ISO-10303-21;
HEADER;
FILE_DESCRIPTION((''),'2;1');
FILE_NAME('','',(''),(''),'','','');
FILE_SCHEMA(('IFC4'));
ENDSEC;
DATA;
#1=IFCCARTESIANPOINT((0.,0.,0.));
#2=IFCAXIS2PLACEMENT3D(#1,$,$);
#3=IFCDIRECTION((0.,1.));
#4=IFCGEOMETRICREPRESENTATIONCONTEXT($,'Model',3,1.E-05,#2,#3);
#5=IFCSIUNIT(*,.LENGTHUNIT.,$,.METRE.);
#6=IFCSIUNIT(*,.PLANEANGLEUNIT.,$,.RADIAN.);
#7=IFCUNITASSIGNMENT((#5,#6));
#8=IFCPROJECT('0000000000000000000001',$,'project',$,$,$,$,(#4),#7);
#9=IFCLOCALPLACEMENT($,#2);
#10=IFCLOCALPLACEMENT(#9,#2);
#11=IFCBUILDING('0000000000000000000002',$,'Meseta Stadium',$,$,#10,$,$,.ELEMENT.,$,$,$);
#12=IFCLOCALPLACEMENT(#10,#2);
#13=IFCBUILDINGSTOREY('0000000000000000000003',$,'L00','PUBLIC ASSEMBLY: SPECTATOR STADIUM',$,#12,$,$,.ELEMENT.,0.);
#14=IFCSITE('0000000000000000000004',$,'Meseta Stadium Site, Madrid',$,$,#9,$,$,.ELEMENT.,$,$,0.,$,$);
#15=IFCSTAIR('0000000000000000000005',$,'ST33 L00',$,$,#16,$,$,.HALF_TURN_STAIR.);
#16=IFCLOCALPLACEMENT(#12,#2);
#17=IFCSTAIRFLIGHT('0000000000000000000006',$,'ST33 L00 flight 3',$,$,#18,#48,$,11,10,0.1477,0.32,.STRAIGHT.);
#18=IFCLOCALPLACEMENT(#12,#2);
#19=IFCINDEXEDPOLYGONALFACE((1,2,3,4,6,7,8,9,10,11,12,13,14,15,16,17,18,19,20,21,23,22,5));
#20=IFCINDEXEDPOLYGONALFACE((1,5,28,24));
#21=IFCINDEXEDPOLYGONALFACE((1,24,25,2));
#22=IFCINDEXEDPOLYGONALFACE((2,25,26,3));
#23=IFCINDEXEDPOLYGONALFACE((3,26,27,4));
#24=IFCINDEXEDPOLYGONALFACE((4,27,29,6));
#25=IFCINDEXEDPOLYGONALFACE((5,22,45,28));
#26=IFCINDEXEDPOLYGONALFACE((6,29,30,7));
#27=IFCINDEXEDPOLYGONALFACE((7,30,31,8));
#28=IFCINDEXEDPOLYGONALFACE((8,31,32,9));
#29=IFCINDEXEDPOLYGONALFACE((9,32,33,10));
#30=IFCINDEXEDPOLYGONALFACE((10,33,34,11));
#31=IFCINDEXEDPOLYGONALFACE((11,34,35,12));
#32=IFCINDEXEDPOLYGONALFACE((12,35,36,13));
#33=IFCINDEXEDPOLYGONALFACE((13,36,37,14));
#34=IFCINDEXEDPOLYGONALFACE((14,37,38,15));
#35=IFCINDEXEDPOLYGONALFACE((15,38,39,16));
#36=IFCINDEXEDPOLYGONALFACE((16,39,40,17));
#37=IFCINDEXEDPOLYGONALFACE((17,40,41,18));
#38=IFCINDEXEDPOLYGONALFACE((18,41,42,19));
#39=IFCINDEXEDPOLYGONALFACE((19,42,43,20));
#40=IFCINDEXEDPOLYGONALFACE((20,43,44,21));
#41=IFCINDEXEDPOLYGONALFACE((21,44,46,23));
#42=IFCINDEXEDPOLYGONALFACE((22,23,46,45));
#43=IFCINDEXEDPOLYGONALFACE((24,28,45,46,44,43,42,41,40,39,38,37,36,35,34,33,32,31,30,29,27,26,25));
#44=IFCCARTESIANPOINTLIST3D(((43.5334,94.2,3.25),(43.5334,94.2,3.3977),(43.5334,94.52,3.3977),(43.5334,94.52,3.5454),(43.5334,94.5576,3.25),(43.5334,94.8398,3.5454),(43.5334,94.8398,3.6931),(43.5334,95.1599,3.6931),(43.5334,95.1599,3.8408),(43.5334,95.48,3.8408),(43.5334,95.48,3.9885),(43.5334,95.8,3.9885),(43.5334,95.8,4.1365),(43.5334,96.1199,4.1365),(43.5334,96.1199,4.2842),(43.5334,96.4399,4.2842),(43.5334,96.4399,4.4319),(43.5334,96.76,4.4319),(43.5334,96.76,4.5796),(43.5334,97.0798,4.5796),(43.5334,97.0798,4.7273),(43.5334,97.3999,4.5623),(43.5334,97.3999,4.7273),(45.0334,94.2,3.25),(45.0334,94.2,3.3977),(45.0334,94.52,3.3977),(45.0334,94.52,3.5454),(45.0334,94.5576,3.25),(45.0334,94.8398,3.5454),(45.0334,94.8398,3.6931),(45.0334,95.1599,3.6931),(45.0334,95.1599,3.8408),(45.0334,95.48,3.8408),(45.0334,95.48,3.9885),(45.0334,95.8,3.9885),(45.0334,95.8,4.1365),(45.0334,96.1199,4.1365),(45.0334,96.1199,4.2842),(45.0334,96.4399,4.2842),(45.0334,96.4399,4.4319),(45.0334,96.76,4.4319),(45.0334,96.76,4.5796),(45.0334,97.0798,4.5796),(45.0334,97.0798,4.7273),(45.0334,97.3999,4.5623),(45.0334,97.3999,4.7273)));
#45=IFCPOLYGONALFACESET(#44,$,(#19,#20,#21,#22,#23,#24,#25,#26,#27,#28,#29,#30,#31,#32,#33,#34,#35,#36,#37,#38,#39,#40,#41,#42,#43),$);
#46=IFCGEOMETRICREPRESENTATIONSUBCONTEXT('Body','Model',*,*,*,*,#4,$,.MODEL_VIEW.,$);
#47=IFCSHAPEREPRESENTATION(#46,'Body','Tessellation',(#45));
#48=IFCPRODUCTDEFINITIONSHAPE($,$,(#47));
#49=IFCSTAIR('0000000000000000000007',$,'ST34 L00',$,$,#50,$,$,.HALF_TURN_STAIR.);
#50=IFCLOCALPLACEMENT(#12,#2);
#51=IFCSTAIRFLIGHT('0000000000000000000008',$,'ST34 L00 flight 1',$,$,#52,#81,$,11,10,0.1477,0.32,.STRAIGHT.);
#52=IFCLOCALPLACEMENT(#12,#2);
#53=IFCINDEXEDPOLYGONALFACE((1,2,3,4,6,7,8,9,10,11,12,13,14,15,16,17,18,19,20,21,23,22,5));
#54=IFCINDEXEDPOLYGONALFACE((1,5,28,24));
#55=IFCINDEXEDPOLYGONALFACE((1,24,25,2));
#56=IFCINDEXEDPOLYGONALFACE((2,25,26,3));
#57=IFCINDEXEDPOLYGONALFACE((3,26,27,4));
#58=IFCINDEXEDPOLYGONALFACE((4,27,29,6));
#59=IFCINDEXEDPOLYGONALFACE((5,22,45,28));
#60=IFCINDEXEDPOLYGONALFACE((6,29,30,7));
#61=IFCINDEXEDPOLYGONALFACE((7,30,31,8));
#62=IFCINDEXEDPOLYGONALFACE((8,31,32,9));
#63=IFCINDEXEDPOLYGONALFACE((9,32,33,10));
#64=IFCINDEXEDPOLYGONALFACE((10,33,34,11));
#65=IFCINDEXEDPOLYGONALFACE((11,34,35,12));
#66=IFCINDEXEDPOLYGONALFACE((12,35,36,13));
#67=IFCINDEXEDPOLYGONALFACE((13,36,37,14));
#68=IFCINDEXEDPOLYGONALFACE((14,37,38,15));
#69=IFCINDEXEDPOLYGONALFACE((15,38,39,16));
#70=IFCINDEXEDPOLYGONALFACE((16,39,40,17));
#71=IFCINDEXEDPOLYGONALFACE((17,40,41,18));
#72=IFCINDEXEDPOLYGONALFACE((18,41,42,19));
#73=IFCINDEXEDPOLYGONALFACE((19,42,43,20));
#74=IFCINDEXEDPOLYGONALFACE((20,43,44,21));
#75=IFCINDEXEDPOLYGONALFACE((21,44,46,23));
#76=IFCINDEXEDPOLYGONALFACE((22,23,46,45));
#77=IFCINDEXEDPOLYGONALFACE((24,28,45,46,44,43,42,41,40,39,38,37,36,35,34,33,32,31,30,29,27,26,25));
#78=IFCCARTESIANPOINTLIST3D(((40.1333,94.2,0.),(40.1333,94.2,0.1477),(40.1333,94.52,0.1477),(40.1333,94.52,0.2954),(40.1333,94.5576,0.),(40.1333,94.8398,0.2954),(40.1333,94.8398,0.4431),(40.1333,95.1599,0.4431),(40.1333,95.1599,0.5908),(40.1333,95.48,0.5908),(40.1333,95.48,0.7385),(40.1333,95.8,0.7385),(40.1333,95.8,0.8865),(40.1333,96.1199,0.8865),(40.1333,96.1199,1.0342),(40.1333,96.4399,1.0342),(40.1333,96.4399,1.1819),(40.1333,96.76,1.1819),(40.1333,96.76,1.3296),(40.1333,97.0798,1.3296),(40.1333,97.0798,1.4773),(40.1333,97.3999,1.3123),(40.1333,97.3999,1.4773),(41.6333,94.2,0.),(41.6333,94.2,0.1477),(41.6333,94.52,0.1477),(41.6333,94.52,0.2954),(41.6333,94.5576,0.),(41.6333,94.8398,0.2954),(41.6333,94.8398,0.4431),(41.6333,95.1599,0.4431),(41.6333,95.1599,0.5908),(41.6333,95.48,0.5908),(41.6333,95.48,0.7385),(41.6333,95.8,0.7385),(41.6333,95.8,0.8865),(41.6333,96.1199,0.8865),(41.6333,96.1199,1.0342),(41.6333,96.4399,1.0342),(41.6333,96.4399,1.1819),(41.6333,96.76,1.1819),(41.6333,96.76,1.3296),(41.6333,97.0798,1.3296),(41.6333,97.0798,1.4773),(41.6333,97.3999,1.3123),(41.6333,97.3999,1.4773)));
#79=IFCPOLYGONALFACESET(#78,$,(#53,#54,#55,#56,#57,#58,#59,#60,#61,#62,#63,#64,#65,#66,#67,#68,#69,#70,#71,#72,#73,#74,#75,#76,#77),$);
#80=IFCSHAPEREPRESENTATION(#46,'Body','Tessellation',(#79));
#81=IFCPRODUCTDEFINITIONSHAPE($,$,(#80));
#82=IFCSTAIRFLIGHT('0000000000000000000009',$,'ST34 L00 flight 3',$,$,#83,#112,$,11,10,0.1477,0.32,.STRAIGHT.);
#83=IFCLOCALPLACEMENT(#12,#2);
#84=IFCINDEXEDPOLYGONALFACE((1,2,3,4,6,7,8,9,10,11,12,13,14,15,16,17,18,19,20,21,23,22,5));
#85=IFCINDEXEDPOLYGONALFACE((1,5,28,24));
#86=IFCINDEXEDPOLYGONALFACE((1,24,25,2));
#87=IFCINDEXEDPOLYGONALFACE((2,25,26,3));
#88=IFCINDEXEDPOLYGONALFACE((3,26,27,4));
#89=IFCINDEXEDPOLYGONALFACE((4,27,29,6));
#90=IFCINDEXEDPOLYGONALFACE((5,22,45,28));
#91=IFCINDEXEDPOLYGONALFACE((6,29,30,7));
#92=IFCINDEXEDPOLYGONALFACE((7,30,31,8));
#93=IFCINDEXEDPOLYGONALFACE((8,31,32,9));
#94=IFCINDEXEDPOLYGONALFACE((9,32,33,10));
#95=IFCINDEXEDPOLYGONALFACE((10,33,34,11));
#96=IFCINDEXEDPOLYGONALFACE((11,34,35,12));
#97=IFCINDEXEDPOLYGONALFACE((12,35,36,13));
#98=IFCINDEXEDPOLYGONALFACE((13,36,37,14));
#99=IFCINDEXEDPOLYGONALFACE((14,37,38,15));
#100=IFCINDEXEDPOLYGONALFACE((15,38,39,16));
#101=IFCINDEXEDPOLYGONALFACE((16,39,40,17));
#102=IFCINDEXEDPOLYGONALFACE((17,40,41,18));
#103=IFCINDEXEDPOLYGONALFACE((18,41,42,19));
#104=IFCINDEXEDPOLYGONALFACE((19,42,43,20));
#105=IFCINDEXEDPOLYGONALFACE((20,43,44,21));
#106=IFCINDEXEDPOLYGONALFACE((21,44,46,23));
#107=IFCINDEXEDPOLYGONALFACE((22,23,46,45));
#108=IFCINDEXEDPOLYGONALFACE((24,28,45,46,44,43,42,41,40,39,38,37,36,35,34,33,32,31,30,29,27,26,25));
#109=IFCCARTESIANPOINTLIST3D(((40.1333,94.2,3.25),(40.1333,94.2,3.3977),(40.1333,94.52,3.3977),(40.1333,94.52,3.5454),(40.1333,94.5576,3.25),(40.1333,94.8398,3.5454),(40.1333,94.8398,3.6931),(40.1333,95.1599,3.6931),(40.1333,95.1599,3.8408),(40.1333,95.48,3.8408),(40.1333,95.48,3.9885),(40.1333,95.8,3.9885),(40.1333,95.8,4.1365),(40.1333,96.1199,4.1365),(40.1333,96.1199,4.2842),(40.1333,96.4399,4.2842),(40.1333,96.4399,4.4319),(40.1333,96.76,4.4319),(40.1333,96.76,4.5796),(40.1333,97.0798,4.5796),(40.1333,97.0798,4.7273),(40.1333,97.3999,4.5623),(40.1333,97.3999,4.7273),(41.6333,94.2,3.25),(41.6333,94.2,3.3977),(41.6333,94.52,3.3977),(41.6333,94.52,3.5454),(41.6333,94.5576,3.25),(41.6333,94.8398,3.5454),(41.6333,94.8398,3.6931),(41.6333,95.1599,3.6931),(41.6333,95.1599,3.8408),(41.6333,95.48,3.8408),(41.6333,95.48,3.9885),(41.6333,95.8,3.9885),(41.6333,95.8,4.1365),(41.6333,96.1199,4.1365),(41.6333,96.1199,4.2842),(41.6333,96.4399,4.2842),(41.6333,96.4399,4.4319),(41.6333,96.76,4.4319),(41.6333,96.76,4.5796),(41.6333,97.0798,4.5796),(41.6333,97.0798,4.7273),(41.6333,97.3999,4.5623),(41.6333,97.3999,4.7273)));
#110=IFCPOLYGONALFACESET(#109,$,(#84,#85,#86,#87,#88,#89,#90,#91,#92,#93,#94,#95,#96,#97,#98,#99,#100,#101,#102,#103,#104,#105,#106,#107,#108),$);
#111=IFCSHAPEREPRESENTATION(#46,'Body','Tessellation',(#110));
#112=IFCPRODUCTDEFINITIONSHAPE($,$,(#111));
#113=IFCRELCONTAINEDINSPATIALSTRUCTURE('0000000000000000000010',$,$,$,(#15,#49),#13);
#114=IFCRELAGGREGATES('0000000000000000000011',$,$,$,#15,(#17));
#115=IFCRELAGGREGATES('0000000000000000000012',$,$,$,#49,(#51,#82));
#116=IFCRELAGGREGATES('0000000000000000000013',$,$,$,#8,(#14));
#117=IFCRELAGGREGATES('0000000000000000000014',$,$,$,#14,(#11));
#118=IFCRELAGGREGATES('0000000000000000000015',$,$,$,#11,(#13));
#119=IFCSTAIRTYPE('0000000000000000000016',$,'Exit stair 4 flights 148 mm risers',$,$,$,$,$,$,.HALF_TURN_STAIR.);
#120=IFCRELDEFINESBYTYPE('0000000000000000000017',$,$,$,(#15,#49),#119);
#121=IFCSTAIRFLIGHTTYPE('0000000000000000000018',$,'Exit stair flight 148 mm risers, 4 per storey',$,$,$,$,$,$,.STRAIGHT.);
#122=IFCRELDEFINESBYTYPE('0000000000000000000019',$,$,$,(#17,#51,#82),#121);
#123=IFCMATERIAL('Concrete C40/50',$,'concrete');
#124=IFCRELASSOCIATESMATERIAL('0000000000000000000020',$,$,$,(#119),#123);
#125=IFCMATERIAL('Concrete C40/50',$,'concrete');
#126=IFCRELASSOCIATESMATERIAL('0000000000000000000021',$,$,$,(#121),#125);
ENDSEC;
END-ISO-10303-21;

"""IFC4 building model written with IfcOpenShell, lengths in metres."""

from ifc_helpers import new_model, si_unit, direction, frame, origin, place, context, subcontext, project, spatial, polyline, outline, extrude, material, type_object, element, aggregate, save


model = new_model("IFC4")

# Units and contexts
model_context = context("Model", 3, precision=1e-05, world=origin(), true_north=direction((0.0, 1.0)))
body_context = subcontext(model_context, "Body", "Model", "MODEL_VIEW")
ifc_project = project(units=[si_unit("LENGTHUNIT", "METRE"), si_unit("PLANEANGLEUNIT", "RADIAN")], contexts=[model_context])

# Site, building, storey
site_placement = place(None, origin())
site = spatial("IfcSite", under=ifc_project, at=site_placement, Name="Meseta Stadium Site, Madrid", CompositionType="ELEMENT", RefElevation=0.0)
building_placement = place(site_placement, origin())
building = spatial("IfcBuilding", under=site, at=building_placement, Name="Meseta Stadium", CompositionType="ELEMENT")
storey_placement = place(building_placement, origin())
storey = spatial("IfcBuildingStorey", under=building, at=storey_placement, Name="L00", Description="PUBLIC ASSEMBLY: SPECTATOR STADIUM", CompositionType="ELEMENT", Elevation=0.0)

# Stairs, stair flights
ifc_material_1 = material(Name="Concrete C40/50", Category="concrete")
stair_type = type_object("IfcStairType", Name="Exit stair 4 flights 148 mm risers", PredefinedType="HALF_TURN_STAIR", material=ifc_material_1)
stair_1_placement = place(storey_placement, origin())
stair_1 = element("IfcStair", 1, at=stair_1_placement, inside=storey, type_object=stair_type, Name="ST33 L00", PredefinedType="HALF_TURN_STAIR")
ifc_material_2 = material(Name="Concrete C40/50", Category="concrete")
stair_flight_type = type_object("IfcStairFlightType", Name="Exit stair flight 148 mm risers, 4 per storey", PredefinedType="STRAIGHT", material=ifc_material_2)
stair_flight_1_placement = place(storey_placement, frame((44.2834, 94.2, 3.25), z_axis=(0.0, 0.0, 1.0), x_axis=(0.0, 1.0, 0.0)))
stair_flight_1 = element("IfcStairFlight", 2, at=stair_flight_1_placement, type_object=stair_flight_type, Name="ST33 L00 flight 3", NumberOfRisers=11, NumberOfTreads=10, PredefinedType="STRAIGHT", RiserHeight=0.1477, TreadLength=0.32, context=body_context, shape_type="SweptSolid", body=[
    extrude(outline(polyline([(0.0, 0.0), (0.0, 0.1477), (0.3201, 0.1477), (0.3201, 0.2954), (0.6399, 0.2954), (0.6399, 0.4431), (0.96, 0.4431), (0.96, 0.5908), (1.28, 0.5908), (1.28, 0.7385), (1.6001, 0.7385), (1.6001, 0.8865), (1.9199, 0.8865), (1.9199, 1.0342), (2.24, 1.0342), (2.24, 1.1819), (2.5601, 1.1819), (2.5601, 1.3296), (2.8799, 1.3296), (2.8799, 1.4773), (3.2, 1.4773), (3.2, 1.3123), (0.3577, 0.0), (0.0, 0.0)])), frame((0.0, 0.75, 0.0), z_axis=(0.0, -1.0, 0.0), x_axis=(1.0, 0.0, 0.0)), (0.0, 0.0, 1.0), 1.5),
])
aggregate(stair_1, [stair_flight_1])
stair_2_placement = place(storey_placement, origin())
stair_2 = element("IfcStair", 3, at=stair_2_placement, inside=storey, type_object=stair_type, Name="ST34 L00", PredefinedType="HALF_TURN_STAIR")
stair_flight_2_placement = place(storey_placement, frame((40.8833, 94.2, 0.0), z_axis=(0.0, 0.0, 1.0), x_axis=(0.0, 1.0, 0.0)))
stair_flight_2 = element("IfcStairFlight", 4, at=stair_flight_2_placement, type_object=stair_flight_type, Name="ST34 L00 flight 1", NumberOfRisers=11, NumberOfTreads=10, PredefinedType="STRAIGHT", RiserHeight=0.1477, TreadLength=0.32, context=body_context, shape_type="SweptSolid", body=[
    extrude(outline(polyline([(0.0, 0.0), (0.0, 0.1477), (0.3201, 0.1477), (0.3201, 0.2954), (0.6399, 0.2954), (0.6399, 0.4431), (0.96, 0.4431), (0.96, 0.5908), (1.28, 0.5908), (1.28, 0.7385), (1.6001, 0.7385), (1.6001, 0.8865), (1.9199, 0.8865), (1.9199, 1.0342), (2.24, 1.0342), (2.24, 1.1819), (2.5601, 1.1819), (2.5601, 1.3296), (2.8799, 1.3296), (2.8799, 1.4773), (3.2, 1.4773), (3.2, 1.3123), (0.3577, 0.0), (0.0, 0.0)])), frame((0.0, 0.75, 0.0), z_axis=(0.0, -1.0, 0.0), x_axis=(1.0, 0.0, 0.0)), (0.0, 0.0, 1.0), 1.5),
])
stair_flight_3_placement = place(storey_placement, frame((40.8833, 94.2, 3.25), z_axis=(0.0, 0.0, 1.0), x_axis=(0.0, 1.0, 0.0)))
stair_flight_3 = element("IfcStairFlight", 5, at=stair_flight_3_placement, type_object=stair_flight_type, Name="ST34 L00 flight 3", NumberOfRisers=11, NumberOfTreads=10, PredefinedType="STRAIGHT", RiserHeight=0.1477, TreadLength=0.32, context=body_context, shape_type="SweptSolid", body=[
    extrude(outline(polyline([(0.0, 0.0), (0.0, 0.1477), (0.3201, 0.1477), (0.3201, 0.2954), (0.6399, 0.2954), (0.6399, 0.4431), (0.96, 0.4431), (0.96, 0.5908), (1.28, 0.5908), (1.28, 0.7385), (1.6001, 0.7385), (1.6001, 0.8865), (1.9199, 0.8865), (1.9199, 1.0342), (2.24, 1.0342), (2.24, 1.1819), (2.5601, 1.1819), (2.5601, 1.3296), (2.8799, 1.3296), (2.8799, 1.4773), (3.2, 1.4773), (3.2, 1.3123), (0.3577, 0.0), (0.0, 0.0)])), frame((0.0, 0.75, 0.0), z_axis=(0.0, -1.0, 0.0), x_axis=(1.0, 0.0, 0.0)), (0.0, 0.0, 1.0), 1.5),
])
aggregate(stair_2, [stair_flight_2, stair_flight_3])

save(model, "model.ifc")
